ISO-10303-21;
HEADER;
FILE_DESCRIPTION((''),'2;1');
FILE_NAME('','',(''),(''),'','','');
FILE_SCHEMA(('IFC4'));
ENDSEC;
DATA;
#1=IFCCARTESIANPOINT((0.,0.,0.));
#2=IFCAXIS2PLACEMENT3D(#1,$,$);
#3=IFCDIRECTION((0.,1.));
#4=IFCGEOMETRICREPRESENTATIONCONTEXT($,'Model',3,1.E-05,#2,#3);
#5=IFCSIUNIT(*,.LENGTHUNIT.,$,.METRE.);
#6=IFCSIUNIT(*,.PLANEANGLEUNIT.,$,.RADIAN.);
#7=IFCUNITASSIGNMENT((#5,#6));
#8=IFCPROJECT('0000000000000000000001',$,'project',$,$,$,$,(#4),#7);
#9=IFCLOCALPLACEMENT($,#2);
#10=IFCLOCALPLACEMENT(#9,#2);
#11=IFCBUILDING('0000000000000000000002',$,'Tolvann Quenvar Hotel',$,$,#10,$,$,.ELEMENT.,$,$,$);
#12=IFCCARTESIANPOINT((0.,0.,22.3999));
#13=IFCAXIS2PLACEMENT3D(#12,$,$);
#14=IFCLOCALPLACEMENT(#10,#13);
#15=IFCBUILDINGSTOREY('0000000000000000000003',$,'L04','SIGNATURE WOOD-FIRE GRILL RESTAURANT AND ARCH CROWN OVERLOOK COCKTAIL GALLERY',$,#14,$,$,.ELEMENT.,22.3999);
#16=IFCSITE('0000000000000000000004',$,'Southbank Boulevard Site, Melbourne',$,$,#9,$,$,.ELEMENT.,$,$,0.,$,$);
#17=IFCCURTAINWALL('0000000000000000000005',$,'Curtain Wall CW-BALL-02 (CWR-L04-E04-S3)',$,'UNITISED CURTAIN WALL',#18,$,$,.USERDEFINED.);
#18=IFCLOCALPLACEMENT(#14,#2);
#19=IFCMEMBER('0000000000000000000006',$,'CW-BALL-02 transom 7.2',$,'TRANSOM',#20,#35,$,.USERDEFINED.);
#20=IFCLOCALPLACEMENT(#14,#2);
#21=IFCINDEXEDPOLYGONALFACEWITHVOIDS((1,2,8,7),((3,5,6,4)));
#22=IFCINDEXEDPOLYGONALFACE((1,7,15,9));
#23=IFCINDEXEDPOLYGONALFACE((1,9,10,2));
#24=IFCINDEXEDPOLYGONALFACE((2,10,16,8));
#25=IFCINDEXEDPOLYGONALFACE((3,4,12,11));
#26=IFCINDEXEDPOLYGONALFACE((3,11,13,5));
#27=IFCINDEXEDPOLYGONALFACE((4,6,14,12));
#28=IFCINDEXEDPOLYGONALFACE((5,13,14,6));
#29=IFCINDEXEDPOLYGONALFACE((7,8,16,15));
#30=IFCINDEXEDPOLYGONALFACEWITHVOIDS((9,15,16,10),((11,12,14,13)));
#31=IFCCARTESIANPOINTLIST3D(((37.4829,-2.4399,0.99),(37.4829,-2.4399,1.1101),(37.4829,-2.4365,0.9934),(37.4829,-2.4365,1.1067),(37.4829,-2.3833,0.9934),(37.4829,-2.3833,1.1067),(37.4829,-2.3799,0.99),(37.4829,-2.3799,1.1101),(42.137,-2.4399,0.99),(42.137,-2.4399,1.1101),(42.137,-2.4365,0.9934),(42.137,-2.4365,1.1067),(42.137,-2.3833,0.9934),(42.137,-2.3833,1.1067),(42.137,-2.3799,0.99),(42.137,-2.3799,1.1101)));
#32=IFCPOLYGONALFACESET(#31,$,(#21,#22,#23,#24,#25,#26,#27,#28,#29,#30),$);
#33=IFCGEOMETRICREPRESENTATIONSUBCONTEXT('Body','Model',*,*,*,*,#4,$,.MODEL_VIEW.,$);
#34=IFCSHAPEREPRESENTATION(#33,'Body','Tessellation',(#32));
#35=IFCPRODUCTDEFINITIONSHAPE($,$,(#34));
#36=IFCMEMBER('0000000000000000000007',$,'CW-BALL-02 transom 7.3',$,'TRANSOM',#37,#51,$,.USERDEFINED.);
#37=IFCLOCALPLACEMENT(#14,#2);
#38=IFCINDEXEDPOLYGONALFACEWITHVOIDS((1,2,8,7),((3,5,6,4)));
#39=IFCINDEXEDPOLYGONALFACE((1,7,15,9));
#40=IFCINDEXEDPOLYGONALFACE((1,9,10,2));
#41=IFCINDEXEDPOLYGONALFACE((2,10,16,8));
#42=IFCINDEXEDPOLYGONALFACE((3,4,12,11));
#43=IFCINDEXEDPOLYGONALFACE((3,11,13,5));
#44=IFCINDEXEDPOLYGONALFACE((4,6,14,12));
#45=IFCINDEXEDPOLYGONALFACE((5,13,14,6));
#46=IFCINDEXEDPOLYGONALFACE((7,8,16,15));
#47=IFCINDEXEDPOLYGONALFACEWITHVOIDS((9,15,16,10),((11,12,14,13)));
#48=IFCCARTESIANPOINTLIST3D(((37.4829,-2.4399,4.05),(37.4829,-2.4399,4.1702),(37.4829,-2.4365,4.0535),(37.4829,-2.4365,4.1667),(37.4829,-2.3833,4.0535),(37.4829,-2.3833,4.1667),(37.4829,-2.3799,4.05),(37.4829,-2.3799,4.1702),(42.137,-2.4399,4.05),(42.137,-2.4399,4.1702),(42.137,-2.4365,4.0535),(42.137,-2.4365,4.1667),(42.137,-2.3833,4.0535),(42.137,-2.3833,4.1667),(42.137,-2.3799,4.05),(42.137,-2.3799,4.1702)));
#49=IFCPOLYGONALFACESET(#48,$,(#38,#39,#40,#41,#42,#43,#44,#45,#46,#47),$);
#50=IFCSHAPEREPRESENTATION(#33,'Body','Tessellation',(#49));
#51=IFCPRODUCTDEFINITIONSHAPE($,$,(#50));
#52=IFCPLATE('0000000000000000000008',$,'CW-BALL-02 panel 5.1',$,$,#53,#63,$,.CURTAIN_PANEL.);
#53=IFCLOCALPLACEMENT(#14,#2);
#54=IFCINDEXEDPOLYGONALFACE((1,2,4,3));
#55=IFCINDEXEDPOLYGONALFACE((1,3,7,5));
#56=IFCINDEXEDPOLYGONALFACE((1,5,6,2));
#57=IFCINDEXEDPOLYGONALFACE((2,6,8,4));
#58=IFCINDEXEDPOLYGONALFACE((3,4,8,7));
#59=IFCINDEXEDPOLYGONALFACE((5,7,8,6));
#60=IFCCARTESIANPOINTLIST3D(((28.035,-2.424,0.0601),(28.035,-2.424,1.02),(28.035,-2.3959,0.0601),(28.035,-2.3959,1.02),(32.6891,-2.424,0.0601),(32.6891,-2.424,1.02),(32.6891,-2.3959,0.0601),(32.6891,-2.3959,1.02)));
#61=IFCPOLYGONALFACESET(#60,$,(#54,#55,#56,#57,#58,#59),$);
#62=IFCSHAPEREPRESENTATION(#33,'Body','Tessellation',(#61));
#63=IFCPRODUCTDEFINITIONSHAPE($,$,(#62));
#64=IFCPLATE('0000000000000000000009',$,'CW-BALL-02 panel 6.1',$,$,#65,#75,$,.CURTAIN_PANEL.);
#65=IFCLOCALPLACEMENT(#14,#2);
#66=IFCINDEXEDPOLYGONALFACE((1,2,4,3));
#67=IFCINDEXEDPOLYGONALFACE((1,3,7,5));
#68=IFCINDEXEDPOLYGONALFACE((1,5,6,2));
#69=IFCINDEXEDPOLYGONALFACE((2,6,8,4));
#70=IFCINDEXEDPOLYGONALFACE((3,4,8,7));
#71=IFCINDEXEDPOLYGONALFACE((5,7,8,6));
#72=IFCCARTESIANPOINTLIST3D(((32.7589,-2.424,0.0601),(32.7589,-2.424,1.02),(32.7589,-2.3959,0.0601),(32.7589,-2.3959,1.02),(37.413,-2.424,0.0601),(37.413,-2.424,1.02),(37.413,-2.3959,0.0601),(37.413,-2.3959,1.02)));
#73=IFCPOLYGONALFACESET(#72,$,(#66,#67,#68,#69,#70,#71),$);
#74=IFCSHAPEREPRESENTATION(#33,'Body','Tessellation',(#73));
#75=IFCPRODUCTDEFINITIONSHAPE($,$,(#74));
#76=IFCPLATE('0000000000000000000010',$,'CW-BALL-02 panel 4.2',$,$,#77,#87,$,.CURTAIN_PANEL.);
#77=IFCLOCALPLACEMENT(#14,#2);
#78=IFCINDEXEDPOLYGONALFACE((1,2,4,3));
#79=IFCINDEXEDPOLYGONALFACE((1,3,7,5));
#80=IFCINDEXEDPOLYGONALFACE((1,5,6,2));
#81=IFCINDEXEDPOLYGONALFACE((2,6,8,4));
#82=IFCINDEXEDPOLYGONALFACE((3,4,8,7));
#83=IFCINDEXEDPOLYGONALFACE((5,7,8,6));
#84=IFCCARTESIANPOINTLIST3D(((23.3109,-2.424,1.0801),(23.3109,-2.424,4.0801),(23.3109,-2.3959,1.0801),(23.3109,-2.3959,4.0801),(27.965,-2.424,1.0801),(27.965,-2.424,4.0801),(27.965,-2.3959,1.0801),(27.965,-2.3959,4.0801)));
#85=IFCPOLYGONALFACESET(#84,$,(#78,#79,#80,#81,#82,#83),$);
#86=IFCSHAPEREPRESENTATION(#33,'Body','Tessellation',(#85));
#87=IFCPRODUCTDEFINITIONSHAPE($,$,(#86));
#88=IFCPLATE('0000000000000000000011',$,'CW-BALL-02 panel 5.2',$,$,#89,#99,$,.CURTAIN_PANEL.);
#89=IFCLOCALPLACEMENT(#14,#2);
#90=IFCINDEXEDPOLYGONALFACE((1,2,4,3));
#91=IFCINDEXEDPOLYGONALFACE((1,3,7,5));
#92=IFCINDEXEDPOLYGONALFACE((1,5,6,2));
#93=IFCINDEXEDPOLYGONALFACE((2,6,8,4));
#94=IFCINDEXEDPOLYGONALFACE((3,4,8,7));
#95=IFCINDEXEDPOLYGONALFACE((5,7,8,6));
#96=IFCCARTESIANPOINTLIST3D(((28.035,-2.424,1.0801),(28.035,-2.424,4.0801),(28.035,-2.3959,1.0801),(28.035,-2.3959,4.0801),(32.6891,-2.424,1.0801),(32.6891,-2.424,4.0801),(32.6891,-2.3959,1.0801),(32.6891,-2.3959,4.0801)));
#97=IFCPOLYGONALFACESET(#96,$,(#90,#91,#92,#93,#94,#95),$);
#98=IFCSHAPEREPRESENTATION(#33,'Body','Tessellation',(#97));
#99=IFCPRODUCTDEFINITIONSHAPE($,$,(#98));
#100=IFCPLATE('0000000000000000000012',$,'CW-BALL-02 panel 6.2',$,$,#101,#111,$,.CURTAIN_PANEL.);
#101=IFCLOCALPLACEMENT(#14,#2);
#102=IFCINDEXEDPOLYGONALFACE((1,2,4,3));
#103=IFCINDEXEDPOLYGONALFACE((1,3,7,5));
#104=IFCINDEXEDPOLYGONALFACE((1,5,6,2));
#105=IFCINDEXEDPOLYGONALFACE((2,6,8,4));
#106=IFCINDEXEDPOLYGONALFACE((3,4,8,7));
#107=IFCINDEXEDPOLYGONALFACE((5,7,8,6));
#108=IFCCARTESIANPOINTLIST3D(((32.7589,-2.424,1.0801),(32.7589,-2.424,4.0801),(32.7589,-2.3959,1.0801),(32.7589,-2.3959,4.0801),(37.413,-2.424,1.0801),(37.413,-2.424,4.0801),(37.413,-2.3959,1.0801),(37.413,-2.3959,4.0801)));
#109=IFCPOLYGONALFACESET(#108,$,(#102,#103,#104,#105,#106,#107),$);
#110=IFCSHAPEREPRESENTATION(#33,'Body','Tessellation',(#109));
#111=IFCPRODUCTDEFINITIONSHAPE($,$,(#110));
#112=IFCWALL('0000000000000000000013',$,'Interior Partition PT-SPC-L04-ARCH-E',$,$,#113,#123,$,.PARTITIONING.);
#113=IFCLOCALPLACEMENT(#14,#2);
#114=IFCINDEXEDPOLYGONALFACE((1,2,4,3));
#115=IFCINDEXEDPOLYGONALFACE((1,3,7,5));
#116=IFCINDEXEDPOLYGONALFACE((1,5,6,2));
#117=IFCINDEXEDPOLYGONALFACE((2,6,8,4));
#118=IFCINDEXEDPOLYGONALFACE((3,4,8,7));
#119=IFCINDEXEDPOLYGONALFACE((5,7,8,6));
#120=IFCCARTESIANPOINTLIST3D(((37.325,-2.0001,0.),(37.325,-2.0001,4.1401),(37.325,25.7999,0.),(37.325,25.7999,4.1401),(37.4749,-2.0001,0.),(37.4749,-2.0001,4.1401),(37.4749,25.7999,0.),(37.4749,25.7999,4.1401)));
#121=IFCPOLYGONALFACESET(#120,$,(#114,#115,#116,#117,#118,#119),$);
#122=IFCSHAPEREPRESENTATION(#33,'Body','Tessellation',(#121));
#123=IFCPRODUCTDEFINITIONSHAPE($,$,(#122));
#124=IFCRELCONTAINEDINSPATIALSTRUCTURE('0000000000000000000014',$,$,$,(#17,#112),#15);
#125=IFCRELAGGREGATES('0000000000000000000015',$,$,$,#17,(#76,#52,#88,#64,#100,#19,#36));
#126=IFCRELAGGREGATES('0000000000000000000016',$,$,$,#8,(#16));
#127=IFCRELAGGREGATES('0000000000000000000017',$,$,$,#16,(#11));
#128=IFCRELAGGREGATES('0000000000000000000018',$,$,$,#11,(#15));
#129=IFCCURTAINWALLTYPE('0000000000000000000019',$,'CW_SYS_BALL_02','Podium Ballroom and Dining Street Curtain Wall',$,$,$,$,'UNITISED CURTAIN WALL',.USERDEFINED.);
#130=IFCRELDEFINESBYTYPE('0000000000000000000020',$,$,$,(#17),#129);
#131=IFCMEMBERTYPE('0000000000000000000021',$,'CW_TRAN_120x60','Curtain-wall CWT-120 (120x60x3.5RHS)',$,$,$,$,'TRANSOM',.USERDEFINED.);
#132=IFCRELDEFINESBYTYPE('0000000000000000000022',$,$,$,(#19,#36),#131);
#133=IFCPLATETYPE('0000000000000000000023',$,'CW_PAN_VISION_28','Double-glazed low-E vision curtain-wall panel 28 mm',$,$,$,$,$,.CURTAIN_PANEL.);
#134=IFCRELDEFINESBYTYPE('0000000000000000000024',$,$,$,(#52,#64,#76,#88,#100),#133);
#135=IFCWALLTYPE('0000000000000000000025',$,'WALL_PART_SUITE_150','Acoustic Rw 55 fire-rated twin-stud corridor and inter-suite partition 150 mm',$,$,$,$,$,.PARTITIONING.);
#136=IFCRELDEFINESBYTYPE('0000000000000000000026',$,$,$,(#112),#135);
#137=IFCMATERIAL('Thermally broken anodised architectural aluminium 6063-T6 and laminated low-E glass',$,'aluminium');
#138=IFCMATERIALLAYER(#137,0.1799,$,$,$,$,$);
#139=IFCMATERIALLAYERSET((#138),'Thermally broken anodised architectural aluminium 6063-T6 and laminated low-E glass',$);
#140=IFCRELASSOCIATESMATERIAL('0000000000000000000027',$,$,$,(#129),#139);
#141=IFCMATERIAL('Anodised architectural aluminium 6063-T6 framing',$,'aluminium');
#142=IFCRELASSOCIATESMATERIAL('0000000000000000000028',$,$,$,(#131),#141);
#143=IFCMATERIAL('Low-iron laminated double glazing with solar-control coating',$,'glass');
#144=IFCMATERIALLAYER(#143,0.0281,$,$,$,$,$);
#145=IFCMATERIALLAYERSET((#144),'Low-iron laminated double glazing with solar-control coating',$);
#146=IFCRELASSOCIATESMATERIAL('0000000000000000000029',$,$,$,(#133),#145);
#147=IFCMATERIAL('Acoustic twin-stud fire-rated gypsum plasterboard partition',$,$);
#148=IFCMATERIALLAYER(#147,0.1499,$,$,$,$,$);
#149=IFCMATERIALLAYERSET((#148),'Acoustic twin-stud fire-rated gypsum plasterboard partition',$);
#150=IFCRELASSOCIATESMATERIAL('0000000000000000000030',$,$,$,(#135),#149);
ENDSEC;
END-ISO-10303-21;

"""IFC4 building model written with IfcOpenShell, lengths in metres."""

from ifc_helpers import new_model, si_unit, direction, frame, frame_2d, origin, origin_2d, place, context, subcontext, project, spatial, rectangle, hollow_rectangle, extrude, source, transform, mapped, material, layer, layer_set, material_profile, profile_set, type_object, type_shapes, element, aggregate, save


model = new_model("IFC4")

# Units and contexts
model_context = context("Model", 3, precision=1e-05, world=origin(), true_north=direction((0.0, 1.0)))
body_context = subcontext(model_context, "Body", "Model", "MODEL_VIEW")
ifc_project = project(units=[si_unit("LENGTHUNIT", "METRE"), si_unit("PLANEANGLEUNIT", "RADIAN")], contexts=[model_context])

# Site, building, storey
site_placement = place(None, origin())
site = spatial("IfcSite", under=ifc_project, at=site_placement, Name="Southbank Boulevard Site, Melbourne", CompositionType="ELEMENT", RefElevation=0.0)
building_placement = place(site_placement, origin())
building = spatial("IfcBuilding", under=site, at=building_placement, Name="Tolvann Quenvar Hotel", CompositionType="ELEMENT")
storey_placement = place(building_placement, frame((0.0, 0.0, 22.3999)))
storey = spatial("IfcBuildingStorey", under=building, at=storey_placement, Name="L04", Description="SIGNATURE WOOD-FIRE GRILL RESTAURANT AND ARCH CROWN OVERLOOK COCKTAIL GALLERY", CompositionType="ELEMENT", Elevation=22.3999)

# Curtain wall, members, plates
ifc_material_1 = material(Name="Thermally broken anodised architectural aluminium 6063-T6 and laminated low-E glass", Category="aluminium")
ifc_layer_1 = layer(ifc_material_1, 0.1799)
ifc_layer_set_1 = layer_set([ifc_layer_1], Name="Thermally broken anodised architectural aluminium 6063-T6 and laminated low-E glass")
curtain_wall_type = type_object("IfcCurtainWallType", Name="CW_SYS_BALL_02", Description="Podium Ballroom and Dining Street Curtain Wall", ElementType="UNITISED CURTAIN WALL", PredefinedType="USERDEFINED", material=ifc_layer_set_1)
curtain_wall_placement = place(storey_placement, origin())
curtain_wall = element("IfcCurtainWall", 1, at=curtain_wall_placement, inside=storey, type_object=curtain_wall_type, Name="Curtain Wall CW-BALL-02 (CWR-L04-E04-S3)", ObjectType="UNITISED CURTAIN WALL", PredefinedType="USERDEFINED")
ifc_material_2 = material(Name="Anodised architectural aluminium 6063-T6 framing", Category="aluminium")
ifc_material_profile_1 = material_profile(ifc_material_2, hollow_rectangle(XDim=0.0601, YDim=0.1201, WallThickness=0.0034, at=origin_2d()), Name="120x60x3.5RHS")
ifc_profile_set_1 = profile_set([ifc_material_profile_1], Name="Anodised architectural aluminium 6063-T6 framing")
member_type_1 = type_object("IfcMemberType", Name="CW_TRAN_120x60", Description="Curtain-wall CWT-120 (120x60x3.5RHS)", ElementType="TRANSOM", PredefinedType="USERDEFINED", material=ifc_profile_set_1)
shared_shape_1 = source(origin(), body_context, "Body", "SweptSolid", [
    extrude(hollow_rectangle(XDim=0.0601, YDim=0.1201, WallThickness=0.0034, at=origin_2d()), origin(), (0.0, 0.0, 1.0), 4.6541),
])
type_shapes(member_type_1, [shared_shape_1])
member_1_placement = place(storey_placement, frame((37.4829, -2.4099, 1.05), z_axis=(1.0, 0.0, 0.0), x_axis=(0.0, 1.0, 0.0)))
member_1 = element("IfcMember", 2, at=member_1_placement, type_object=member_type_1, Name="CW-BALL-02 transom 7.2", ObjectType="TRANSOM", PredefinedType="USERDEFINED", context=body_context, shape_type="MappedRepresentation", body=[
    mapped(shared_shape_1, transform((0.0, 0.0, 0.0), x_axis=(1.0, 0.0, 0.0), y_axis=(0.0, 1.0, 0.0), z_axis=(0.0, 0.0, 1.0), scale=1.0)),
])
member_2_placement = place(storey_placement, frame((37.4829, -2.4099, 4.1101), z_axis=(1.0, 0.0, 0.0), x_axis=(0.0, 1.0, 0.0)))
member_2 = element("IfcMember", 3, at=member_2_placement, type_object=member_type_1, Name="CW-BALL-02 transom 7.3", ObjectType="TRANSOM", PredefinedType="USERDEFINED", context=body_context, shape_type="MappedRepresentation", body=[
    mapped(shared_shape_1, transform((0.0, 0.0, 0.0), x_axis=(1.0, 0.0, 0.0), y_axis=(0.0, 1.0, 0.0), z_axis=(0.0, 0.0, 1.0), scale=1.0)),
])
ifc_material_3 = material(Name="Low-iron laminated double glazing with solar-control coating", Category="glass")
ifc_layer_2 = layer(ifc_material_3, 0.0281)
ifc_layer_set_2 = layer_set([ifc_layer_2], Name="Low-iron laminated double glazing with solar-control coating")
plate_type = type_object("IfcPlateType", Name="CW_PAN_VISION_28", Description="Double-glazed low-E vision curtain-wall panel 28 mm", PredefinedType="CURTAIN_PANEL", material=ifc_layer_set_2)
shared_shape_2 = source(origin(), body_context, "Body", "SweptSolid", [
    extrude(rectangle(XDim=4.6541, YDim=0.0281, at=origin_2d()), origin(), (0.0, 0.0, 1.0), 0.96),
])
plate_1_placement = place(storey_placement, frame((30.3621, -2.4099, 0.0601), z_axis=(0.0, 0.0, 1.0), x_axis=(1.0, 0.0, 0.0)))
plate_1 = element("IfcPlate", 4, at=plate_1_placement, type_object=plate_type, Name="CW-BALL-02 panel 5.1", PredefinedType="CURTAIN_PANEL", context=body_context, shape_type="MappedRepresentation", body=[
    mapped(shared_shape_2, transform((0.0, 0.0, 0.0), x_axis=(1.0, 0.0, 0.0), y_axis=(0.0, 1.0, 0.0), z_axis=(0.0, 0.0, 1.0), scale=1.0)),
])
plate_2_placement = place(storey_placement, frame((35.0859, -2.4099, 0.0601), z_axis=(0.0, 0.0, 1.0), x_axis=(1.0, 0.0, 0.0)))
plate_2 = element("IfcPlate", 5, at=plate_2_placement, type_object=plate_type, Name="CW-BALL-02 panel 6.1", PredefinedType="CURTAIN_PANEL", context=body_context, shape_type="MappedRepresentation", body=[
    mapped(shared_shape_2, transform((0.0, 0.0, 0.0), x_axis=(1.0, 0.0, 0.0), y_axis=(0.0, 1.0, 0.0), z_axis=(0.0, 0.0, 1.0), scale=1.0)),
])
shared_shape_3 = source(origin(), body_context, "Body", "SweptSolid", [
    extrude(rectangle(XDim=4.6541, YDim=0.0281, at=origin_2d()), origin(), (0.0, 0.0, 1.0), 3.0),
])
type_shapes(plate_type, [shared_shape_2, shared_shape_3])
plate_3_placement = place(storey_placement, frame((25.6379, -2.4099, 1.0801), z_axis=(0.0, 0.0, 1.0), x_axis=(1.0, 0.0, 0.0)))
plate_3 = element("IfcPlate", 6, at=plate_3_placement, type_object=plate_type, Name="CW-BALL-02 panel 4.2", PredefinedType="CURTAIN_PANEL", context=body_context, shape_type="MappedRepresentation", body=[
    mapped(shared_shape_3, transform((0.0, 0.0, 0.0), x_axis=(1.0, 0.0, 0.0), y_axis=(0.0, 1.0, 0.0), z_axis=(0.0, 0.0, 1.0), scale=1.0)),
])
plate_4_placement = place(storey_placement, frame((30.3621, -2.4099, 1.0801), z_axis=(0.0, 0.0, 1.0), x_axis=(1.0, 0.0, 0.0)))
plate_4 = element("IfcPlate", 7, at=plate_4_placement, type_object=plate_type, Name="CW-BALL-02 panel 5.2", PredefinedType="CURTAIN_PANEL", context=body_context, shape_type="MappedRepresentation", body=[
    mapped(shared_shape_3, transform((0.0, 0.0, 0.0), x_axis=(1.0, 0.0, 0.0), y_axis=(0.0, 1.0, 0.0), z_axis=(0.0, 0.0, 1.0), scale=1.0)),
])
plate_5_placement = place(storey_placement, frame((35.0859, -2.4099, 1.0801), z_axis=(0.0, 0.0, 1.0), x_axis=(1.0, 0.0, 0.0)))
plate_5 = element("IfcPlate", 8, at=plate_5_placement, type_object=plate_type, Name="CW-BALL-02 panel 6.2", PredefinedType="CURTAIN_PANEL", context=body_context, shape_type="MappedRepresentation", body=[
    mapped(shared_shape_3, transform((0.0, 0.0, 0.0), x_axis=(1.0, 0.0, 0.0), y_axis=(0.0, 1.0, 0.0), z_axis=(0.0, 0.0, 1.0), scale=1.0)),
])
aggregate(curtain_wall, [plate_3, plate_1, plate_4, plate_2, plate_5, member_1, member_2])

# Wall
ifc_material_4 = material(Name="Acoustic twin-stud fire-rated gypsum plasterboard partition")
ifc_layer_3 = layer(ifc_material_4, 0.1499)
ifc_layer_set_3 = layer_set([ifc_layer_3], Name="Acoustic twin-stud fire-rated gypsum plasterboard partition")
wall_type = type_object("IfcWallType", Name="WALL_PART_SUITE_150", Description="Acoustic Rw 55 fire-rated twin-stud corridor and inter-suite partition 150 mm", PredefinedType="PARTITIONING", material=ifc_layer_set_3)
wall_placement = place(storey_placement, frame((37.3999, -2.0, 0.0), z_axis=(0.0, 0.0, 1.0), x_axis=(0.0, 1.0, 0.0)))
element("IfcWall", 9, at=wall_placement, inside=storey, type_object=wall_type, Name="Interior Partition PT-SPC-L04-ARCH-E", PredefinedType="PARTITIONING", context=body_context, shape_type="SweptSolid", body=[
    extrude(rectangle(XDim=27.8, YDim=0.1499, at=frame_2d((13.8999, 0.0))), origin(), (0.0, 0.0, 1.0), 4.1401),
])

save(model, "model.ifc")
